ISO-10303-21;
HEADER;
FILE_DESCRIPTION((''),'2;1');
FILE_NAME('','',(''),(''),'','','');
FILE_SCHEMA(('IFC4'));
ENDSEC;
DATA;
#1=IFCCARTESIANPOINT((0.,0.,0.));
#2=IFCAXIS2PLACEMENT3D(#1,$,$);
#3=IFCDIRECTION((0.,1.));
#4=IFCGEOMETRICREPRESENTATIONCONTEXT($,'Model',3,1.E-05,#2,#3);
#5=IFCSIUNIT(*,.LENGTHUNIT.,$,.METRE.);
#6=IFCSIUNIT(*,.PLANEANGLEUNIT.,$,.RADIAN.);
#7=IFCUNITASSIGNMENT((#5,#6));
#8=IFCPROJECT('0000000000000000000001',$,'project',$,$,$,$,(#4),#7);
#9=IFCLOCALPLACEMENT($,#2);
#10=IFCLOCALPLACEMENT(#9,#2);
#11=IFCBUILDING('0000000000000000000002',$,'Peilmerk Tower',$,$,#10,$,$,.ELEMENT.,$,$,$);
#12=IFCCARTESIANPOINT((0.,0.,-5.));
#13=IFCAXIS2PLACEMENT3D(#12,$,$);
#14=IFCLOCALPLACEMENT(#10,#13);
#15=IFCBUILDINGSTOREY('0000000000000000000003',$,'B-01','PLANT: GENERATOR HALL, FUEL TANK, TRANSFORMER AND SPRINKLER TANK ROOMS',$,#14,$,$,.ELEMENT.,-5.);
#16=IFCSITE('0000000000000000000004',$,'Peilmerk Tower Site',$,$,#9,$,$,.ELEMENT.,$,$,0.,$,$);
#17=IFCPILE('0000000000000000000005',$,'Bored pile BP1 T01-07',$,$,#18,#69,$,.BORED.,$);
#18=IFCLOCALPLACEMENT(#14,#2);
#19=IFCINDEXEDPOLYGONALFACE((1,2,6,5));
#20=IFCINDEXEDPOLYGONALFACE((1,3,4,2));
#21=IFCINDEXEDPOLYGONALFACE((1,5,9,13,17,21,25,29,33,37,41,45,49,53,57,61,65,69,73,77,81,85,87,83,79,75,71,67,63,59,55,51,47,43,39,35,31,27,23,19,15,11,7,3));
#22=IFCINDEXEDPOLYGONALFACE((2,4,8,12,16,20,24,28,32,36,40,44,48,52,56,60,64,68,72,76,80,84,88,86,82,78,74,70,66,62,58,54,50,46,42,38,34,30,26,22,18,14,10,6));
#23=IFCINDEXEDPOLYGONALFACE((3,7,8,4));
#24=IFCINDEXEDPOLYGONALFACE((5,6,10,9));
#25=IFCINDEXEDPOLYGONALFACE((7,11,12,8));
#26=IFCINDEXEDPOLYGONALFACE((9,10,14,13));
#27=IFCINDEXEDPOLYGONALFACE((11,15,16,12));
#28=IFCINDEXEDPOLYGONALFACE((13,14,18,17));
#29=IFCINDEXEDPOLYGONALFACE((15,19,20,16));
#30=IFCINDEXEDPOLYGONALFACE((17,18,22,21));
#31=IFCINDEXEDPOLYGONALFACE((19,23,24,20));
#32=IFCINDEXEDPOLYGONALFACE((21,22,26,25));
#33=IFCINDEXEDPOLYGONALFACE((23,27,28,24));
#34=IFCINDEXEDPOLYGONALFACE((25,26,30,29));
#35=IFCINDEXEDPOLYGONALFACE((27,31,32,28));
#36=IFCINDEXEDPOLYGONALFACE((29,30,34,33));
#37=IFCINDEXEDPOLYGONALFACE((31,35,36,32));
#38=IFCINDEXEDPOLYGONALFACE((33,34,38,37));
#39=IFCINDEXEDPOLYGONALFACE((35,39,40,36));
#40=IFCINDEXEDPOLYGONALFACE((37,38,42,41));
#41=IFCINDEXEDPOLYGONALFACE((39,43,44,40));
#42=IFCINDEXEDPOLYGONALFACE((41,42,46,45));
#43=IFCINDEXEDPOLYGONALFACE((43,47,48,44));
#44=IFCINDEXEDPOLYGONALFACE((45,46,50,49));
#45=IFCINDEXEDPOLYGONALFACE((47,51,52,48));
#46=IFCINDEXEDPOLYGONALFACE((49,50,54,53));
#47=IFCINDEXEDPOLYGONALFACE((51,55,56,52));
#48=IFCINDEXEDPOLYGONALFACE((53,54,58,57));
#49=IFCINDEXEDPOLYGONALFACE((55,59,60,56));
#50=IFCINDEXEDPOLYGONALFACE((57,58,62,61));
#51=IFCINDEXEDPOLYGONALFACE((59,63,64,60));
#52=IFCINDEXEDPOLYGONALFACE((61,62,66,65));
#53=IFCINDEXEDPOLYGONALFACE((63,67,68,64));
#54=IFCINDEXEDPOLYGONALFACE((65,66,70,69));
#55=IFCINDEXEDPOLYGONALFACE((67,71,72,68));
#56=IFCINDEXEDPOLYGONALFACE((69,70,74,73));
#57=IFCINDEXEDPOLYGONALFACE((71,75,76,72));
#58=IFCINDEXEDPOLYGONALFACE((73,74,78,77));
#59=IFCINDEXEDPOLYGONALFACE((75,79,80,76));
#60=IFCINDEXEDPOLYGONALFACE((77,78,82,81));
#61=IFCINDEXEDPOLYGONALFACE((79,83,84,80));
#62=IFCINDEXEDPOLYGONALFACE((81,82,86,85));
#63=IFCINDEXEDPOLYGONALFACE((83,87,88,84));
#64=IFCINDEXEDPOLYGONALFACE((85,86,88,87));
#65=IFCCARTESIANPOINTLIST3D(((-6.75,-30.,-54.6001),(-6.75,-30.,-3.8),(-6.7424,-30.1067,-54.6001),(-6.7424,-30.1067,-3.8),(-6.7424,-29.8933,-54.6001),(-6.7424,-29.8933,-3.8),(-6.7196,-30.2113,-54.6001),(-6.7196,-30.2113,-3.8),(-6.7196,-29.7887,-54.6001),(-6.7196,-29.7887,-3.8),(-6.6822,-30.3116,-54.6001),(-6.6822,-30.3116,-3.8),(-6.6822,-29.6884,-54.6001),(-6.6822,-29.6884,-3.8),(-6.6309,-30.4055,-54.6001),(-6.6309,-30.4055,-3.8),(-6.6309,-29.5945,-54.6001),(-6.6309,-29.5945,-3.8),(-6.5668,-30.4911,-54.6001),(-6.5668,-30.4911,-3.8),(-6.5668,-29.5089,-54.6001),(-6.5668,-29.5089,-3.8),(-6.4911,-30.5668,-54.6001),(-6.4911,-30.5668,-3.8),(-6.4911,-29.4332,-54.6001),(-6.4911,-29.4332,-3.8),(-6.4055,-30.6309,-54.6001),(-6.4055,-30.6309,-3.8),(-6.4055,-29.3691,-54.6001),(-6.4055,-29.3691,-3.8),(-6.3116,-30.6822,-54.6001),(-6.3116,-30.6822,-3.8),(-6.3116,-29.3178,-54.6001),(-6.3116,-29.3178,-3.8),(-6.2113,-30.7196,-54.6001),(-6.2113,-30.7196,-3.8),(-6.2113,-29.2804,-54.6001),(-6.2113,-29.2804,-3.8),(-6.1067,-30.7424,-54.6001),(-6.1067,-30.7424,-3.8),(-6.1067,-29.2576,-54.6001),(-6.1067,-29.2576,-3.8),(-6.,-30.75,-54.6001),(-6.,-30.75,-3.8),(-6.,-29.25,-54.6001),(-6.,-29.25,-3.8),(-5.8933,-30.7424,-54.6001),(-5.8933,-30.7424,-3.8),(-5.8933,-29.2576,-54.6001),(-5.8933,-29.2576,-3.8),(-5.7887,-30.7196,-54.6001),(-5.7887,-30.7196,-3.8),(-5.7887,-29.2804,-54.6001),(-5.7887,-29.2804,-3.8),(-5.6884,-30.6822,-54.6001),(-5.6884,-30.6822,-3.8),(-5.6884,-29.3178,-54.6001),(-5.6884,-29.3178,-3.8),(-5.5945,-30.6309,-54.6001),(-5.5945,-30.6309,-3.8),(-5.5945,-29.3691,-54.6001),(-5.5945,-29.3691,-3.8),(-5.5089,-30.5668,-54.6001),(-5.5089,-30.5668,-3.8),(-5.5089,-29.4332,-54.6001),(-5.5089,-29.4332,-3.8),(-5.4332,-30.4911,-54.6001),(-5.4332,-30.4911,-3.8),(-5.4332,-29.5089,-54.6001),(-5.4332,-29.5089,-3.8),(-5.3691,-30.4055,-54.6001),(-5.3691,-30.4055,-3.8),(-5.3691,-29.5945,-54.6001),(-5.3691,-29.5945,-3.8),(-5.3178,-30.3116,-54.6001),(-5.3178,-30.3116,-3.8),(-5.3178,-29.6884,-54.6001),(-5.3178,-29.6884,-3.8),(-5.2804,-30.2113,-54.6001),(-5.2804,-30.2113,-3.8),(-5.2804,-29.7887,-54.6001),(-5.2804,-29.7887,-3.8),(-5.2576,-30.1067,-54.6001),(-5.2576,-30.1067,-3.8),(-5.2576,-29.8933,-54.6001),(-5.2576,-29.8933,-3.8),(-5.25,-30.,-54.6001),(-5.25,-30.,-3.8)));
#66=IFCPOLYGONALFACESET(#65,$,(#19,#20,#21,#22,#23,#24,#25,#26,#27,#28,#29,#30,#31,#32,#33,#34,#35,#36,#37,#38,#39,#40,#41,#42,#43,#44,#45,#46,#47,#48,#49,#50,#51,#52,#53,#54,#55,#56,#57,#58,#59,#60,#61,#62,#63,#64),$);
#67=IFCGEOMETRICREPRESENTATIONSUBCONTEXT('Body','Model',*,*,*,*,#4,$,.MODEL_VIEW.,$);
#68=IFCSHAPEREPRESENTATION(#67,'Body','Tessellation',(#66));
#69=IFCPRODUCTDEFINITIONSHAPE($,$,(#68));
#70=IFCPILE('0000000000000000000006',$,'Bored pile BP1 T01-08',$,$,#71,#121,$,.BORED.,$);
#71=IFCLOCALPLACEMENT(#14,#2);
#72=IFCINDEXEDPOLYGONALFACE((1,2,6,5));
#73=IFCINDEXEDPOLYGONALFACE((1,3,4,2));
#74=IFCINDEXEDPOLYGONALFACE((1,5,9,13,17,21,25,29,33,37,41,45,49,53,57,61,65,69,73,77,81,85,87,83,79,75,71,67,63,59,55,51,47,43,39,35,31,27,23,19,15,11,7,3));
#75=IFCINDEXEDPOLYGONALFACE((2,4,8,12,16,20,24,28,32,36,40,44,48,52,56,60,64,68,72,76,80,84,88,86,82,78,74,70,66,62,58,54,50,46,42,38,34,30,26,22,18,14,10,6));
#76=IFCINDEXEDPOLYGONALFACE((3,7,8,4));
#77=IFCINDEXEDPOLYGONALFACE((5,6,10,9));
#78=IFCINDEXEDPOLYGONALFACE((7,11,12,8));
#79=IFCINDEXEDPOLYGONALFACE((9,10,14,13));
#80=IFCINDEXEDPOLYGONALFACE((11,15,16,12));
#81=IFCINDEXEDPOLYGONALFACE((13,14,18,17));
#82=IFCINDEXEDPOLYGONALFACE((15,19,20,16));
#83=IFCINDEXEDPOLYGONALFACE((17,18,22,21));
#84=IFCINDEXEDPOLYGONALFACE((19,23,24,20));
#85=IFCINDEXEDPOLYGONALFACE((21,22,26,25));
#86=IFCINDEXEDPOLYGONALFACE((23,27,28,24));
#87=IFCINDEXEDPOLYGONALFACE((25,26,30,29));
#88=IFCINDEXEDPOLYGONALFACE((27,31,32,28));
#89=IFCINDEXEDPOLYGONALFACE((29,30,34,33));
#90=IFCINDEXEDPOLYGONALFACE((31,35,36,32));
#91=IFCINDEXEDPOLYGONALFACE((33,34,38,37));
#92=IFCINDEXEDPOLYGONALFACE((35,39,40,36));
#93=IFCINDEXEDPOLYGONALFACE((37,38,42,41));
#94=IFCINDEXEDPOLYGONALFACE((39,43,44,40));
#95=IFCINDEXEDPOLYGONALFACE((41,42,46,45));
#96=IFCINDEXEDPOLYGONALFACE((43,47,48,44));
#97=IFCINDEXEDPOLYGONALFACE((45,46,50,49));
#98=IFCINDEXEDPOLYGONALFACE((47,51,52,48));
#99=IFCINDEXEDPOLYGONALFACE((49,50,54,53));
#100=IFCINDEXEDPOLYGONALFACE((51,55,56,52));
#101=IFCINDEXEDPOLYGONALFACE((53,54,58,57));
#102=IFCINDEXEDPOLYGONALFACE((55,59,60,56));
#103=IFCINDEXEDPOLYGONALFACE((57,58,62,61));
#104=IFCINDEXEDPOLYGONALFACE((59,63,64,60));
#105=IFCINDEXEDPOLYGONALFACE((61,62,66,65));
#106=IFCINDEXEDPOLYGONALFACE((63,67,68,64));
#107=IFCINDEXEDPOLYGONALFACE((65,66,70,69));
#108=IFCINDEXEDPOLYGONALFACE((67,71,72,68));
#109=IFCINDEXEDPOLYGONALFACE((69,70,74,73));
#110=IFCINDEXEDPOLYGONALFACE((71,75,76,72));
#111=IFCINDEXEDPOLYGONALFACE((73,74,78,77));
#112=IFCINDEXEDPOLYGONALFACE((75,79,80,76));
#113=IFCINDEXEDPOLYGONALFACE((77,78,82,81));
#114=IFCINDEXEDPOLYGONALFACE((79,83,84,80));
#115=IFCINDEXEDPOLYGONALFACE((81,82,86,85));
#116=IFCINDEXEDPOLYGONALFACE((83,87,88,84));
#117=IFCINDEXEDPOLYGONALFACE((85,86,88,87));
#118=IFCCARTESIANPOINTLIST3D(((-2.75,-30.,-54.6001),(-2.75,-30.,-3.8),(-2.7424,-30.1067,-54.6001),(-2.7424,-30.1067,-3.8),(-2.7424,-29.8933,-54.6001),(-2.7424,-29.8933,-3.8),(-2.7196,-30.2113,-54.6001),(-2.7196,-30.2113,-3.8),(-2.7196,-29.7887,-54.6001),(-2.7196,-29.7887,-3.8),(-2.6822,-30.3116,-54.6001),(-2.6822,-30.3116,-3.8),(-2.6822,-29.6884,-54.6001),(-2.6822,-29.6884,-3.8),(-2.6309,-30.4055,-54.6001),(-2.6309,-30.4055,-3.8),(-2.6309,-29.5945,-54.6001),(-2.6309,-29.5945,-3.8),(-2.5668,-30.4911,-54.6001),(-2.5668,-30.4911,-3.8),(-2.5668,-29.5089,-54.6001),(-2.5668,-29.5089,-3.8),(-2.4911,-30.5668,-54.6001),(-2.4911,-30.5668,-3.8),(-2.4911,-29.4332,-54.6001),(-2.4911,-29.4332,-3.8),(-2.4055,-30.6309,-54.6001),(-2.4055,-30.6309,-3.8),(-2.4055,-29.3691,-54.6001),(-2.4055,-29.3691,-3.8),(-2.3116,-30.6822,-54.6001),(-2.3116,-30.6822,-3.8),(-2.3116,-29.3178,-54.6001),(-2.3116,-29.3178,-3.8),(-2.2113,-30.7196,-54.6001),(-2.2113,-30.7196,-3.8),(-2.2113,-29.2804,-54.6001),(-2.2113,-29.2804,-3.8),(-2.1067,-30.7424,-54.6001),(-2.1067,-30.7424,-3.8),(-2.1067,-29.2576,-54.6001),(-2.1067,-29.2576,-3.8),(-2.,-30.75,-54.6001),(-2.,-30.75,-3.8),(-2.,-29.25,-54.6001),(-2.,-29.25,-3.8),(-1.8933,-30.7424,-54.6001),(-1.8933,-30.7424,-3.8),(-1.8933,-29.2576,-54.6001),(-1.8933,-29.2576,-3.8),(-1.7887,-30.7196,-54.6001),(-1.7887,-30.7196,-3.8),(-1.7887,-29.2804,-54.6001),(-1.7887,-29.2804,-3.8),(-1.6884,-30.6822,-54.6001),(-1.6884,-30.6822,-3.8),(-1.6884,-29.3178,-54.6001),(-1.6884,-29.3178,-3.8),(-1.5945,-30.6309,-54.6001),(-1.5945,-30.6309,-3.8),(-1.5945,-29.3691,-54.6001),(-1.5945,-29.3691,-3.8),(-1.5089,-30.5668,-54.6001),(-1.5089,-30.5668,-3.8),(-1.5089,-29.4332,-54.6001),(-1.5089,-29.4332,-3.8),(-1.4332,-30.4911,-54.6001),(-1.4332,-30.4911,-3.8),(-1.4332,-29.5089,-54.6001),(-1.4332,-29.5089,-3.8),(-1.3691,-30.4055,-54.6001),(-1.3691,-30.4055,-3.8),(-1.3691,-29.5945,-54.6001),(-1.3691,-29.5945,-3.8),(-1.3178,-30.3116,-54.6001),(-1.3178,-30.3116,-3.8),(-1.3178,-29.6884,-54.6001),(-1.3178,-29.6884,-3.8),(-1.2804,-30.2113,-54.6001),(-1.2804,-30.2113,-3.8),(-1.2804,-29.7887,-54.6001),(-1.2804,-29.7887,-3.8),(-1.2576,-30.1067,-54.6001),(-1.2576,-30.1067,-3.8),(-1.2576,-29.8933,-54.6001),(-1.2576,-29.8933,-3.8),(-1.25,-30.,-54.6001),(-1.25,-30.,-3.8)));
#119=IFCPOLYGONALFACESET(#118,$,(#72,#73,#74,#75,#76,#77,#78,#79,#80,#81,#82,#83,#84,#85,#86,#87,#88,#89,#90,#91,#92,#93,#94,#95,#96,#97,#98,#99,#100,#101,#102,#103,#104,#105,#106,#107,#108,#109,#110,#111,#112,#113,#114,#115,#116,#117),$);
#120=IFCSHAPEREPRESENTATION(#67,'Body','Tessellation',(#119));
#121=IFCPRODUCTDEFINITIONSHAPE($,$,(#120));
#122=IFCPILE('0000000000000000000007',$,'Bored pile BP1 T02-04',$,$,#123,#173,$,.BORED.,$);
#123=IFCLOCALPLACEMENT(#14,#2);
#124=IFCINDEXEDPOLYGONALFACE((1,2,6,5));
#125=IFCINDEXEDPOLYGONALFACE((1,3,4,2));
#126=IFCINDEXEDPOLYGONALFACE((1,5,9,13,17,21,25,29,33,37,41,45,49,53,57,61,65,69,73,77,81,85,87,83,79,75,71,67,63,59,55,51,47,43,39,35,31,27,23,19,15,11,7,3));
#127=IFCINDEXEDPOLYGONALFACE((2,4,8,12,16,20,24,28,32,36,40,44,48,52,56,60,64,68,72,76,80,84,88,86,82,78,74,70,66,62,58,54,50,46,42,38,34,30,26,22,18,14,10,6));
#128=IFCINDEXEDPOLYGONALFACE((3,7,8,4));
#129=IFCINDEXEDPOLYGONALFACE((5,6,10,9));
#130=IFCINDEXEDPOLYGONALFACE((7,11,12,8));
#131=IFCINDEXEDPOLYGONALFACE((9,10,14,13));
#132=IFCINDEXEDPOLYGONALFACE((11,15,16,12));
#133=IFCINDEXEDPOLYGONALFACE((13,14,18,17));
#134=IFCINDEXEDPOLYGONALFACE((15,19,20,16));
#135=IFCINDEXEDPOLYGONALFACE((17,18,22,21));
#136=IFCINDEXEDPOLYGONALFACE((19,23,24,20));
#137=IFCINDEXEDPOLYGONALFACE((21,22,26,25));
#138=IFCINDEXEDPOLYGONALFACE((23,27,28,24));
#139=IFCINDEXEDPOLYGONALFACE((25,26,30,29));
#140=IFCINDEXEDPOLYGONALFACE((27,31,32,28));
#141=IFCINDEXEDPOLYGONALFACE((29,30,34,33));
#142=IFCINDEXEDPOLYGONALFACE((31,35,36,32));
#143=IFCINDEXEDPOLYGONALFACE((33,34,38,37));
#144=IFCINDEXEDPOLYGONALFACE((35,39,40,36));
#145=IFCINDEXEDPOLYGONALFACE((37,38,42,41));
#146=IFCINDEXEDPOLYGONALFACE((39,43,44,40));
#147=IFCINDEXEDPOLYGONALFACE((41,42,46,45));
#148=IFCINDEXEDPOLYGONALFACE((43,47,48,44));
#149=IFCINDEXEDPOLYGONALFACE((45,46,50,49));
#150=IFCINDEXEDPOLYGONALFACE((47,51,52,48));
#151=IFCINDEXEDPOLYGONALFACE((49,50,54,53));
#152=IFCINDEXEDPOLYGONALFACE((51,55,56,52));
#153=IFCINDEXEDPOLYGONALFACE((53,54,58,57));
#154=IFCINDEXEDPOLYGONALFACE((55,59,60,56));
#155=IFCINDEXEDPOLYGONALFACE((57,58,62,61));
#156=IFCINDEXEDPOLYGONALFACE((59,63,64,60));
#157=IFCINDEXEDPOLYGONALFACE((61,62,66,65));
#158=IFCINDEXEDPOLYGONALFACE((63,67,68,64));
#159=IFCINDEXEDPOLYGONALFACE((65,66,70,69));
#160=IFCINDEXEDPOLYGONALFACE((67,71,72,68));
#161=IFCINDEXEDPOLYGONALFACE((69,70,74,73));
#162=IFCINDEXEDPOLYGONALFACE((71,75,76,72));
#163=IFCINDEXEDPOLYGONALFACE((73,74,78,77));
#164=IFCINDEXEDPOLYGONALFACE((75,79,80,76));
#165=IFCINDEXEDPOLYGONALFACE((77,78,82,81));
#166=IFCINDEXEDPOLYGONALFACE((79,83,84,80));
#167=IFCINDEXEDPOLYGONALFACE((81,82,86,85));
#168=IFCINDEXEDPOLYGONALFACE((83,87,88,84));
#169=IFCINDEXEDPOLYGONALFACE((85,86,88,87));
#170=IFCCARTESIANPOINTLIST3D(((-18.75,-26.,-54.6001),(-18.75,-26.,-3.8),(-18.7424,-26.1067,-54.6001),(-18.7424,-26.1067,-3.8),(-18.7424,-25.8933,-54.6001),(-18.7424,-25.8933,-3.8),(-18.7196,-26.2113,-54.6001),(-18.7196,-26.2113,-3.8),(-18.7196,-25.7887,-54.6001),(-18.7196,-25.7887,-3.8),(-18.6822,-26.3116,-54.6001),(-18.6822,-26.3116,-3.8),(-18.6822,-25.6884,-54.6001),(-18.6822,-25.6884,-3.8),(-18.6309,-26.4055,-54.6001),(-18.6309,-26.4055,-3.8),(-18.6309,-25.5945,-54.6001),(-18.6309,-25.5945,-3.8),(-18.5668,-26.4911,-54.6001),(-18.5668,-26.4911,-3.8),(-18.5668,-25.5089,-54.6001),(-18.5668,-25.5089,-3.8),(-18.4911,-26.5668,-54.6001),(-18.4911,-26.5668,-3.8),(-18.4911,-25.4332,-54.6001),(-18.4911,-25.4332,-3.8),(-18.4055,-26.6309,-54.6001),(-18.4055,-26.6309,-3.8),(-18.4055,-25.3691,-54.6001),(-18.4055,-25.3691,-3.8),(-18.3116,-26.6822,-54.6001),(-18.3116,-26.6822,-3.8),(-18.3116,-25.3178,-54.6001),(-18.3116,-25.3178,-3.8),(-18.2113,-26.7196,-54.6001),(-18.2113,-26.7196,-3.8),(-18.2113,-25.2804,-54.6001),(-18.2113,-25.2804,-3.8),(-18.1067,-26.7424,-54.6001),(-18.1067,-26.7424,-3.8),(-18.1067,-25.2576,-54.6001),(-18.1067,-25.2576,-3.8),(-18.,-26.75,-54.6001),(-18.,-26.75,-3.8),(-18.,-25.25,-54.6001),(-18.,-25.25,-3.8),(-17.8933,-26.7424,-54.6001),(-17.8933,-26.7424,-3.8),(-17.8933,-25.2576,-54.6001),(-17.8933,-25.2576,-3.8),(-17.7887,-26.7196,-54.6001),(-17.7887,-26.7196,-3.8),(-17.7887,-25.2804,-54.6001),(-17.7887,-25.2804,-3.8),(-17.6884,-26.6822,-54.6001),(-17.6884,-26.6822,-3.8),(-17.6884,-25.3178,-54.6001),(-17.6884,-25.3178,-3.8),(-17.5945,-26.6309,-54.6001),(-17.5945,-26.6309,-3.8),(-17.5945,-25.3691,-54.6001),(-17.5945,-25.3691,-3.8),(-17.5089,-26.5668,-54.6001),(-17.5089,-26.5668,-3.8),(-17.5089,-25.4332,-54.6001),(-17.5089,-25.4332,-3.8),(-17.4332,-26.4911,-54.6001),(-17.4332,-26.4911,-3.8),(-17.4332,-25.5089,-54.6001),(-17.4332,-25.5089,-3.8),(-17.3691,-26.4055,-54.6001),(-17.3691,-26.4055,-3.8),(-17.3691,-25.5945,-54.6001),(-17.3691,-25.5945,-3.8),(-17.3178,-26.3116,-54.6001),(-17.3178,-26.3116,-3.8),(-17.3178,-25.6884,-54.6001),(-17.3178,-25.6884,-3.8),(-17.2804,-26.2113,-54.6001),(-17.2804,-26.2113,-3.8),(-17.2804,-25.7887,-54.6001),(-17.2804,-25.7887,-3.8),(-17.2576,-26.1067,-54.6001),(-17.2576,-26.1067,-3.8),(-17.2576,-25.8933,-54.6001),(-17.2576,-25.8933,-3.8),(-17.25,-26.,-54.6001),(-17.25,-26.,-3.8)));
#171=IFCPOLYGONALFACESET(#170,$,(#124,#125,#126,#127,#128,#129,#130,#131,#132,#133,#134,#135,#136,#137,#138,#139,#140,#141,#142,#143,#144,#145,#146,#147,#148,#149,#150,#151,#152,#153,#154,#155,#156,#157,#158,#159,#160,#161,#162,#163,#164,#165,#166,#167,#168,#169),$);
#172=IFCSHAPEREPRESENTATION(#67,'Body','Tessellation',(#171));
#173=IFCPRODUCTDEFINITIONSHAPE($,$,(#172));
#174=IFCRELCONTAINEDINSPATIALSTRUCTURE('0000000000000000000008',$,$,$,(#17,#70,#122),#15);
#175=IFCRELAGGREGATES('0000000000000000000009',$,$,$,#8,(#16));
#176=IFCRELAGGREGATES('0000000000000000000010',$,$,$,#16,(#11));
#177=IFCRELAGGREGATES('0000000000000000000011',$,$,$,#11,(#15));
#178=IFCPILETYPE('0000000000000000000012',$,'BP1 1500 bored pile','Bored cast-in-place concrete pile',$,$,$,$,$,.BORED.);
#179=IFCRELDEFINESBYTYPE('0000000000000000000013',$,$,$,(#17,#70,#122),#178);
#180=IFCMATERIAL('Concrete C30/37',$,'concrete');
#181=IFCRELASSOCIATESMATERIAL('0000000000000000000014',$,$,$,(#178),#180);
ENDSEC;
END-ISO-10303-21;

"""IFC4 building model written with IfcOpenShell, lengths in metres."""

from ifc_helpers import new_model, si_unit, direction, frame, origin, origin_2d, place, context, subcontext, project, spatial, circle, extrude, material, material_profile, profile_set, type_object, element, save


model = new_model("IFC4")

# Units and contexts
model_context = context("Model", 3, precision=1e-05, world=origin(), true_north=direction((0.0, 1.0)))
body_context = subcontext(model_context, "Body", "Model", "MODEL_VIEW")
ifc_project = project(units=[si_unit("LENGTHUNIT", "METRE"), si_unit("PLANEANGLEUNIT", "RADIAN")], contexts=[model_context])

# Site, building, storey
site_placement = place(None, origin())
site = spatial("IfcSite", under=ifc_project, at=site_placement, Name="Peilmerk Tower Site", CompositionType="ELEMENT", RefElevation=0.0)
building_placement = place(site_placement, origin())
building = spatial("IfcBuilding", under=site, at=building_placement, Name="Peilmerk Tower", CompositionType="ELEMENT")
storey_placement = place(building_placement, frame((0.0, 0.0, -5.0)))
storey = spatial("IfcBuildingStorey", under=building, at=storey_placement, Name="B-01", Description="PLANT: GENERATOR HALL, FUEL TANK, TRANSFORMER AND SPRINKLER TANK ROOMS", CompositionType="ELEMENT", Elevation=-5.0)

# Piles
ifc_material_1 = material(Name="Concrete C30/37", Category="concrete")
ifc_material_profile_1 = material_profile(ifc_material_1, circle(Radius=0.75, at=origin_2d()), Name="BP 1500")
ifc_profile_set_1 = profile_set([ifc_material_profile_1], Name="Concrete C30/37")
pile_type = type_object("IfcPileType", Name="BP1 1500 bored pile", Description="Bored cast-in-place concrete pile", PredefinedType="BORED", material=ifc_profile_set_1)
for number, where, z_axis, x_axis, name in (
    (1, (-6.0, -30.0, -3.8), (0.0, 0.0, -1.0), (1.0, 0.0, 0.0), "Bored pile BP1 T01-07"),
    (2, (-2.0, -30.0, -3.8), (0.0, 0.0, -1.0), (1.0, 0.0, 0.0), "Bored pile BP1 T01-08"),
    (3, (-18.0, -26.0, -3.8), (0.0, 0.0, -1.0), (1.0, 0.0, 0.0), "Bored pile BP1 T02-04"),
):
    element("IfcPile", number, at=place(storey_placement, frame(where, z_axis=z_axis, x_axis=x_axis)), inside=storey, type_object=pile_type, Name=name, PredefinedType="BORED", context=body_context, shape_type="SweptSolid", body=[
        extrude(circle(Radius=0.75, at=origin_2d()), origin(), (0.0, 0.0, 1.0), 50.8),
    ])

save(model, "model.ifc")
